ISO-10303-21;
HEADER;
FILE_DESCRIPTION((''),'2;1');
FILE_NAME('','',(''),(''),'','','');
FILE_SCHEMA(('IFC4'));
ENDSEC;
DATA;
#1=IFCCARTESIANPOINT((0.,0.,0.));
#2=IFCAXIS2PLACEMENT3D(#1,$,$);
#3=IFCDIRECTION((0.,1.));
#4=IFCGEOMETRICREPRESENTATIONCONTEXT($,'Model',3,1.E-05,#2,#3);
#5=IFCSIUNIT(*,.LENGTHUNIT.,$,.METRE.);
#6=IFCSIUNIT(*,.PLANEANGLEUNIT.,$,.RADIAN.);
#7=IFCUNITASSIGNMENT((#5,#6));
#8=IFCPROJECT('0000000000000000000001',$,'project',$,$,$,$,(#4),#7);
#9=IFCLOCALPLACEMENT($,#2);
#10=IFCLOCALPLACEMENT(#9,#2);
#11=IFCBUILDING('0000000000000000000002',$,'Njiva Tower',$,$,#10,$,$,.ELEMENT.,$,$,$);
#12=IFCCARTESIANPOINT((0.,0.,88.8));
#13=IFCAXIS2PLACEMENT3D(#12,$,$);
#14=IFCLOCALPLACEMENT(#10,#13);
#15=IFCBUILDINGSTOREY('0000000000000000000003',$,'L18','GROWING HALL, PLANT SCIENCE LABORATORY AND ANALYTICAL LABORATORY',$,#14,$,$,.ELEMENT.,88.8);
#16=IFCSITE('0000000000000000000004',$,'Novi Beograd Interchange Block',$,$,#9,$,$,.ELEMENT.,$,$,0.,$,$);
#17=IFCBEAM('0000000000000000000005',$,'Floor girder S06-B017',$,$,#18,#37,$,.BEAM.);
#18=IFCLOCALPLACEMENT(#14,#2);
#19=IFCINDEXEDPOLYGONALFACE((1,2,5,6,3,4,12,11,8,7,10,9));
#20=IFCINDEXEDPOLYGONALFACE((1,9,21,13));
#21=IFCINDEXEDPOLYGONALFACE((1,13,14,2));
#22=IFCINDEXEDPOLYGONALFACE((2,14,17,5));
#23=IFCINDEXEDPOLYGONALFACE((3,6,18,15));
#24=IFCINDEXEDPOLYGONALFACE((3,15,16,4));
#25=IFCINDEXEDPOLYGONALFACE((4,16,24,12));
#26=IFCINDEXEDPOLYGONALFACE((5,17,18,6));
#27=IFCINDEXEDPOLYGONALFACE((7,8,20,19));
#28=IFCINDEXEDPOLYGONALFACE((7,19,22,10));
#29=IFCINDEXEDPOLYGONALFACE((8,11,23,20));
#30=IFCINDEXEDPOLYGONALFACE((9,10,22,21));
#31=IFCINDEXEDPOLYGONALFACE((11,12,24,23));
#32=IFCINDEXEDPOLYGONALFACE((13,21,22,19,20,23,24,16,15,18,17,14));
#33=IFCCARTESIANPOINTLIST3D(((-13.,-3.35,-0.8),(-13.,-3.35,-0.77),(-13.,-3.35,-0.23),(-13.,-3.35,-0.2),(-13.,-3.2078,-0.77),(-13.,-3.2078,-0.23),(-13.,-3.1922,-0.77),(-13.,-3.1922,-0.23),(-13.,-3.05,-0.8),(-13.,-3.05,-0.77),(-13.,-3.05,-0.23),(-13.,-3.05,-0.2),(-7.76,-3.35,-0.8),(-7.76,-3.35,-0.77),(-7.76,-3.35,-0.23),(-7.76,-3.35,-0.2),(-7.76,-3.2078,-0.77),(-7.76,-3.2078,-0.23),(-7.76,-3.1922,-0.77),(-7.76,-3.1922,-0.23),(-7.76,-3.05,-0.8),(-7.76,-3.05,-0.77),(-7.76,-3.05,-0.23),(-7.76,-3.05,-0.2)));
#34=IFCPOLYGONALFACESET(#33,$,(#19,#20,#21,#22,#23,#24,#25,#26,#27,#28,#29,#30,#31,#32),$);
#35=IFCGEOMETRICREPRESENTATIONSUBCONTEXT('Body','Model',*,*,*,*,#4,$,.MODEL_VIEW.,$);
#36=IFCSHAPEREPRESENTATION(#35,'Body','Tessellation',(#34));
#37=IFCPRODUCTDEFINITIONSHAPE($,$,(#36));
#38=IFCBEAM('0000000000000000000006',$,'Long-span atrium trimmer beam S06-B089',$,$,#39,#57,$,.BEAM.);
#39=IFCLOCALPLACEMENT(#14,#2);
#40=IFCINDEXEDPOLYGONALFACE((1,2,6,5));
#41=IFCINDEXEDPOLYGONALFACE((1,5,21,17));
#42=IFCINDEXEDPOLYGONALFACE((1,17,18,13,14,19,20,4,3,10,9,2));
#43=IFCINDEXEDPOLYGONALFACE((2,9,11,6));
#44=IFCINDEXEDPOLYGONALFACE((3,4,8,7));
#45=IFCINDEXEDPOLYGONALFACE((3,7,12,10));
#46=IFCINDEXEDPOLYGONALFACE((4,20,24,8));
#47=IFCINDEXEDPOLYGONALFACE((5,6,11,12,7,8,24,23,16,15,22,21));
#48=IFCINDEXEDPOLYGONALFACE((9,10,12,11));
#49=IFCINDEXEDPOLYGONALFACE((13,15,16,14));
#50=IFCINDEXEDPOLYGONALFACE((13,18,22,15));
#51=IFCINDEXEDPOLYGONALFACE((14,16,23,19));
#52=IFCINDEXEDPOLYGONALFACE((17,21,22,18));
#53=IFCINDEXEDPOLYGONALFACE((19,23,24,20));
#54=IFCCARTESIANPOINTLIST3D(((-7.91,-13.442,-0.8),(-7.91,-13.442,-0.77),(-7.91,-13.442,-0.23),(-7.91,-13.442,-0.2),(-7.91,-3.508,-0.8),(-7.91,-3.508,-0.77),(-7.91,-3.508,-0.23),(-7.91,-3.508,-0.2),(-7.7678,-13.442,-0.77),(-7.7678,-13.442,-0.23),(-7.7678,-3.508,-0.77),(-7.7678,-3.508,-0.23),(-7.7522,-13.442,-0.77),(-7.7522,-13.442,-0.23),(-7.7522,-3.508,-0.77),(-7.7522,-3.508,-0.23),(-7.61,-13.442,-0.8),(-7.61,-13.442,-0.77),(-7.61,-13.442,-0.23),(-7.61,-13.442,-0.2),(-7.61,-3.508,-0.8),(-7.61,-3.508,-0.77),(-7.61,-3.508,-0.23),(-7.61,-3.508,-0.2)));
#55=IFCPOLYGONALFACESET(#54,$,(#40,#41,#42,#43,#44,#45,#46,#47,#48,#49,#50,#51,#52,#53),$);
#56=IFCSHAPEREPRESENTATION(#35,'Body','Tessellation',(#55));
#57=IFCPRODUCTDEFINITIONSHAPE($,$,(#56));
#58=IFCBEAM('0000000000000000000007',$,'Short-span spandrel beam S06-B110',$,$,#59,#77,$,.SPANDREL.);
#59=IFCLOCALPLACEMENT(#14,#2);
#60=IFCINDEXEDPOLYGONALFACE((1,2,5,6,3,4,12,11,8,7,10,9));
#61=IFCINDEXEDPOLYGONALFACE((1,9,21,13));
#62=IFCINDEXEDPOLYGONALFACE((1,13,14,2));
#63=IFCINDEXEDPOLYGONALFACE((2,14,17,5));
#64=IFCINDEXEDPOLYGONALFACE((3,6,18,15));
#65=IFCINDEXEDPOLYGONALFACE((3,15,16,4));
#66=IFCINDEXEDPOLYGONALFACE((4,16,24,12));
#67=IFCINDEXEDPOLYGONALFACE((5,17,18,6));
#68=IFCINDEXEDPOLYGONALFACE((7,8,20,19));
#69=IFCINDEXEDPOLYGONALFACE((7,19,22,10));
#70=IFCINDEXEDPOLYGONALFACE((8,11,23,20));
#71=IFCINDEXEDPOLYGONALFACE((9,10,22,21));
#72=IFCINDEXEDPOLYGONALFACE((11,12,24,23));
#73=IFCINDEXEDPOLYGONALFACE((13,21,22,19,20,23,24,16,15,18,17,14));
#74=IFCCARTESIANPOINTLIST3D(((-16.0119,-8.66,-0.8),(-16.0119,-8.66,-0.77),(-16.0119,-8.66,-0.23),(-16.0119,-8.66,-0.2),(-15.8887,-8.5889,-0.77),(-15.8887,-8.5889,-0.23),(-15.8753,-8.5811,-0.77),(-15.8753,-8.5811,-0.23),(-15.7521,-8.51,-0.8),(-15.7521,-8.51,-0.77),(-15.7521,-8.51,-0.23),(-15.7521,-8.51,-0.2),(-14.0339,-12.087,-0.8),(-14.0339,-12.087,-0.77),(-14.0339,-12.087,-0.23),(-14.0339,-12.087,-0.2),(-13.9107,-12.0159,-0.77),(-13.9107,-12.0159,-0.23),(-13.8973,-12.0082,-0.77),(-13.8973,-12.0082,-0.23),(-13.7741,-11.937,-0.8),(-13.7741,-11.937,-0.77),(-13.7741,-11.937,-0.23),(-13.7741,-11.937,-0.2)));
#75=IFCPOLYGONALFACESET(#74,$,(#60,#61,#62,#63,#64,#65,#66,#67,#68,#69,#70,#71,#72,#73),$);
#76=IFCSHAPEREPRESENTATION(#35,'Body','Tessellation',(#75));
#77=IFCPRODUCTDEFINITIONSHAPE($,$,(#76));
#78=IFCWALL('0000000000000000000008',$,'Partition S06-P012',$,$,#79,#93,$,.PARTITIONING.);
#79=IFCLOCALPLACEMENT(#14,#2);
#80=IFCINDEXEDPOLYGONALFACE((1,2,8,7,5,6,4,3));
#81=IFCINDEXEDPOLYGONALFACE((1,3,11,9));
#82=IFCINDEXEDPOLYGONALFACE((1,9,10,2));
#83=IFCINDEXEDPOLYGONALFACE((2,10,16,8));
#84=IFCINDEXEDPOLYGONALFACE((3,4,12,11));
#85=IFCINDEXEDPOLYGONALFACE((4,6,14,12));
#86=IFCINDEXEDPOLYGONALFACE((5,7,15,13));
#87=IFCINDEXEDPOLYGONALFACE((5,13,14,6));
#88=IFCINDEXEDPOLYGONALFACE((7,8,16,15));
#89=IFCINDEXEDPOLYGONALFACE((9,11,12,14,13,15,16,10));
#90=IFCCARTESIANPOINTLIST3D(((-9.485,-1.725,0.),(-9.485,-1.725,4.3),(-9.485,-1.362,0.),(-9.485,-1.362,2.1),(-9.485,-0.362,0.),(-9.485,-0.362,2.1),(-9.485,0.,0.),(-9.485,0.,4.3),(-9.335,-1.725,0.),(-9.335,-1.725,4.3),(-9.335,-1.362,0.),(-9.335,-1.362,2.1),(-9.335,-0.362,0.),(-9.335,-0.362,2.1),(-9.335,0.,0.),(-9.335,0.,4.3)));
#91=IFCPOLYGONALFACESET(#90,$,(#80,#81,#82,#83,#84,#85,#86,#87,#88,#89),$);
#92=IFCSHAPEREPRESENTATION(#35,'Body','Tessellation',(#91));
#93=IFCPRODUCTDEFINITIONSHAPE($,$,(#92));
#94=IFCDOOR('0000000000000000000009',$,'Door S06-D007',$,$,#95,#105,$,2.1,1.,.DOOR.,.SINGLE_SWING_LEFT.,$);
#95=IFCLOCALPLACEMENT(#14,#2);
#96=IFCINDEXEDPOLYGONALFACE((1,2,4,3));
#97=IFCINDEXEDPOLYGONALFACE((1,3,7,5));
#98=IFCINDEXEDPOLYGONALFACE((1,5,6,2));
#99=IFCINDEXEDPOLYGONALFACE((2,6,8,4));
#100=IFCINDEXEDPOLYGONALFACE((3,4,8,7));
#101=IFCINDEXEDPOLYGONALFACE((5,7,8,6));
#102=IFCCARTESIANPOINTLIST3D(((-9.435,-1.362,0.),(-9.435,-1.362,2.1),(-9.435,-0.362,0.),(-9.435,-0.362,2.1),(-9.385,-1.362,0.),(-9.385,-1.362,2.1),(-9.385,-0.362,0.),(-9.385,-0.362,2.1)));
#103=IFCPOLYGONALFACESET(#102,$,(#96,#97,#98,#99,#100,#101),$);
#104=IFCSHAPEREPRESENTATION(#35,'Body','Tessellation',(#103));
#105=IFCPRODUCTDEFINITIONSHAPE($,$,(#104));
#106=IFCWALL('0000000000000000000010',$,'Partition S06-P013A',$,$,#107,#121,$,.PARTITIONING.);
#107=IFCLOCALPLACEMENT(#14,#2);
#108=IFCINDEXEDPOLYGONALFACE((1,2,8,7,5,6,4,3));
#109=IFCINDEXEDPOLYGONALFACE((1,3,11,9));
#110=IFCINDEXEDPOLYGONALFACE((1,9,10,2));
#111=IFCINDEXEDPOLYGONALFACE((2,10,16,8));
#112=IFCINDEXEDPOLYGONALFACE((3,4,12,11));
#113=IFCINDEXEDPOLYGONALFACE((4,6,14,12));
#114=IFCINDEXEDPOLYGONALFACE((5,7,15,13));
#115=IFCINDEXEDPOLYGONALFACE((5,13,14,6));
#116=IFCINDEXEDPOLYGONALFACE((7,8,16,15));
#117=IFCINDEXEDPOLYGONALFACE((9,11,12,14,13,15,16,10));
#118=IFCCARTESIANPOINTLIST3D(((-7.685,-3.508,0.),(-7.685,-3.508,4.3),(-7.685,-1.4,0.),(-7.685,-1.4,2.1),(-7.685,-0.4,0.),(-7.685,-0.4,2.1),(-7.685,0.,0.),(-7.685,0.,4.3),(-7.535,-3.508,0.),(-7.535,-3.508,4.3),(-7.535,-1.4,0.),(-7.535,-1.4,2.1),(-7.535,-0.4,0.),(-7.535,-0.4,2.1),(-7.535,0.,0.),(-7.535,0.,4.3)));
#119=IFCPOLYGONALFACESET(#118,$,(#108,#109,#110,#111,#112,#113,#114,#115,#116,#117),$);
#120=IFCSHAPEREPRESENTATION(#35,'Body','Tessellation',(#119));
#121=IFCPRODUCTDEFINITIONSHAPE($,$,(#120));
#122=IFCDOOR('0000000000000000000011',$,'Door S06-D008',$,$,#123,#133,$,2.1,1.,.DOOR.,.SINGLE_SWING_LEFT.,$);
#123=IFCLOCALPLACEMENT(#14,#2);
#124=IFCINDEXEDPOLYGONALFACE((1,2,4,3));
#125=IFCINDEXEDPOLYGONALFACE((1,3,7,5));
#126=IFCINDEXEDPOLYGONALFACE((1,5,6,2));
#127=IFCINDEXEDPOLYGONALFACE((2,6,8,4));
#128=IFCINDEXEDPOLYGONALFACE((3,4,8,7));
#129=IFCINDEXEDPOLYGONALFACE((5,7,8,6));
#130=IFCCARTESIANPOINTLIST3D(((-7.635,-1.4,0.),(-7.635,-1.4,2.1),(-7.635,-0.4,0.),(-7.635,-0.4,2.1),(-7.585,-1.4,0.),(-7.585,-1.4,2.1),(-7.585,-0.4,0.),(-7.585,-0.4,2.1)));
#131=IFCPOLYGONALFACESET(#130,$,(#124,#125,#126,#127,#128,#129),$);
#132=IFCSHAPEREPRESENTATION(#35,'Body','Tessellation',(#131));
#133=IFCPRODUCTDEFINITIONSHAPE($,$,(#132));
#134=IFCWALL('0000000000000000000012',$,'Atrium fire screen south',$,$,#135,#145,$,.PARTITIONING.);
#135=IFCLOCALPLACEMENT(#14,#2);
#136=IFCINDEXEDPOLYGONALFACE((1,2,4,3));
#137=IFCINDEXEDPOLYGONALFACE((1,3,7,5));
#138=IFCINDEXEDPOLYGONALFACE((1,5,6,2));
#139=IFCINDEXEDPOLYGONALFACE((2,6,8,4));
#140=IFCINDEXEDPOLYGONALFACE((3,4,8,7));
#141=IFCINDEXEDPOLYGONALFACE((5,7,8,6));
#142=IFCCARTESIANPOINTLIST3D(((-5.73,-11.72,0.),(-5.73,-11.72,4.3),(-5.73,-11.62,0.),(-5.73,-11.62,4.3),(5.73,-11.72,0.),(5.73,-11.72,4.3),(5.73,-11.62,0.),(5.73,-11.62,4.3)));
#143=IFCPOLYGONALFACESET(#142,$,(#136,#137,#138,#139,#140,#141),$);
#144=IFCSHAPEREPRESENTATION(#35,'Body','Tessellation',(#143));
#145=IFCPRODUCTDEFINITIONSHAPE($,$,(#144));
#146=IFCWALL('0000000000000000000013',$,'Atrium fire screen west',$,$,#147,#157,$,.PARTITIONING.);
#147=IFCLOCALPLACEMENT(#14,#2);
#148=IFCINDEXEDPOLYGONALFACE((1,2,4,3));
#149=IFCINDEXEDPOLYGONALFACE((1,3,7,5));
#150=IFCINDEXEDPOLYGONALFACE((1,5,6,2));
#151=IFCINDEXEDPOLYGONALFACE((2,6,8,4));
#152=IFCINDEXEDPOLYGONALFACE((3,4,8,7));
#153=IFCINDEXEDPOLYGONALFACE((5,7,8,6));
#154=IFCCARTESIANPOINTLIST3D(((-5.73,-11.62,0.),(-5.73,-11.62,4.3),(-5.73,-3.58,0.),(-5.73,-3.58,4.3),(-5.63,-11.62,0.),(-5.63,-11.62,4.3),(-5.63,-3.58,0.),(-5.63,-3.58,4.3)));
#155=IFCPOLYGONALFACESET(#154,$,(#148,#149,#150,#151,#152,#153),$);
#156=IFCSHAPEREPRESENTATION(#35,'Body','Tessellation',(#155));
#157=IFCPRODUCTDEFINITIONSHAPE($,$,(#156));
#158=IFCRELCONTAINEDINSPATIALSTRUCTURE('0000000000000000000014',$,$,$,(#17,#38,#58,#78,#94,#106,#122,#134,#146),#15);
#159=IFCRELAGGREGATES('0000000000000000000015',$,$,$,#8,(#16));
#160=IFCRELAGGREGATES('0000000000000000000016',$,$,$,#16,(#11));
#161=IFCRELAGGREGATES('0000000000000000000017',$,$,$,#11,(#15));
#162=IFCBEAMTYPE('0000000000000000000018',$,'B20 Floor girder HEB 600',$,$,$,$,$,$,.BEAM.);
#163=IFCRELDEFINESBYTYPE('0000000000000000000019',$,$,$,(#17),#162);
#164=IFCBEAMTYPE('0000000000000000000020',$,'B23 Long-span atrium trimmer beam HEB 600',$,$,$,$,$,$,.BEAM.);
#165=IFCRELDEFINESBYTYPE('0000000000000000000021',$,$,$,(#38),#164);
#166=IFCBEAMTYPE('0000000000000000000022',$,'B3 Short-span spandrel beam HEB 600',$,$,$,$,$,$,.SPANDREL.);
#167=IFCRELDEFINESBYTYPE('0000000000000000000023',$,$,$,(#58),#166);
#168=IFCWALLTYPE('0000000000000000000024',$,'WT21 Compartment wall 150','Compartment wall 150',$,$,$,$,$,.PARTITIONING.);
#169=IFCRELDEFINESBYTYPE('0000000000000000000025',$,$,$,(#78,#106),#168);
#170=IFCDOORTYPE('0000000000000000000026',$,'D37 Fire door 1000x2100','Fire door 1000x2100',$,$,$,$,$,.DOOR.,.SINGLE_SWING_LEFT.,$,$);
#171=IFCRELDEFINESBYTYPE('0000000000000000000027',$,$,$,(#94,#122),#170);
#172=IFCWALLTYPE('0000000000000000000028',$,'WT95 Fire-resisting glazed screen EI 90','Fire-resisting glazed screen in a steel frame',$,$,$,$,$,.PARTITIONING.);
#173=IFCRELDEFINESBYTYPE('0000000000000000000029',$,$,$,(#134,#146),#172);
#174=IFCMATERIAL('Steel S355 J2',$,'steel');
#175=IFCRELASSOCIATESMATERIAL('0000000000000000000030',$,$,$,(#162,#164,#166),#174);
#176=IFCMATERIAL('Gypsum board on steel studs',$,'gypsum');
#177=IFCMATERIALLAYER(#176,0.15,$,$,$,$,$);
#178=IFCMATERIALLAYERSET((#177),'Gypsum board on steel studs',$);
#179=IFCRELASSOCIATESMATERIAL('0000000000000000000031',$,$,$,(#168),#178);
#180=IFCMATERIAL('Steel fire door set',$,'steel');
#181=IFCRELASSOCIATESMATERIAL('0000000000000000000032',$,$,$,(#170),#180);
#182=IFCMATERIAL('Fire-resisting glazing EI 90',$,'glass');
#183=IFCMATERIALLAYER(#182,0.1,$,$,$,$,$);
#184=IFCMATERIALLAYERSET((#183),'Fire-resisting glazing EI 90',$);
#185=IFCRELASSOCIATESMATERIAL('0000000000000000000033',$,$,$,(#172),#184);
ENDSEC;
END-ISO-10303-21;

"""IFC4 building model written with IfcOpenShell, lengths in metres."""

from ifc_helpers import new_model, si_unit, direction, frame, frame_2d, origin, origin_2d, place, context, subcontext, project, spatial, rectangle, i_section, extrude, material, layer, layer_set, material_profile, profile_set, type_object, element, fill, save


model = new_model("IFC4")

# Units and contexts
model_context = context("Model", 3, precision=1e-05, world=origin(), true_north=direction((0.0, 1.0)))
body_context = subcontext(model_context, "Body", "Model", "MODEL_VIEW")
ifc_project = project(units=[si_unit("LENGTHUNIT", "METRE"), si_unit("PLANEANGLEUNIT", "RADIAN")], contexts=[model_context])

# Site, building, storey
site_placement = place(None, origin())
site = spatial("IfcSite", under=ifc_project, at=site_placement, Name="Novi Beograd Interchange Block", CompositionType="ELEMENT", RefElevation=0.0)
building_placement = place(site_placement, origin())
building = spatial("IfcBuilding", under=site, at=building_placement, Name="Njiva Tower", CompositionType="ELEMENT")
storey_placement = place(building_placement, frame((0.0, 0.0, 88.8)))
storey = spatial("IfcBuildingStorey", under=building, at=storey_placement, Name="L18", Description="GROWING HALL, PLANT SCIENCE LABORATORY AND ANALYTICAL LABORATORY", CompositionType="ELEMENT", Elevation=88.8)

# Shared definitions
ifc_material_1 = material(Name="Steel S355 J2", Category="steel")

# Beams
ifc_material_profile_1 = material_profile(ifc_material_1, i_section(OverallWidth=0.3, OverallDepth=0.6, WebThickness=0.0155, FlangeThickness=0.03, at=origin_2d()), Name="HEB 600")
ifc_profile_set_1 = profile_set([ifc_material_profile_1], Name="Steel S355 J2")
beam_type_1 = type_object("IfcBeamType", Name="B20 Floor girder HEB 600", PredefinedType="BEAM", material=ifc_profile_set_1)
beam_1_placement = place(storey_placement, frame((-13.0, -3.2, -0.5), z_axis=(1.0, 0.0, 0.0), x_axis=(0.0, 1.0, 0.0)))
element("IfcBeam", 1, at=beam_1_placement, inside=storey, type_object=beam_type_1, Name="Floor girder S06-B017", PredefinedType="BEAM", context=body_context, shape_type="SweptSolid", body=[
    extrude(i_section(OverallWidth=0.3, OverallDepth=0.6, WebThickness=0.0155, FlangeThickness=0.03, at=origin_2d()), origin(), (0.0, 0.0, 1.0), 5.24),
])
ifc_material_profile_2 = material_profile(ifc_material_1, i_section(OverallWidth=0.3, OverallDepth=0.6, WebThickness=0.0155, FlangeThickness=0.03, at=origin_2d()), Name="HEB 600")
ifc_profile_set_2 = profile_set([ifc_material_profile_2], Name="Steel S355 J2")
beam_type_2 = type_object("IfcBeamType", Name="B23 Long-span atrium trimmer beam HEB 600", PredefinedType="BEAM", material=ifc_profile_set_2)
beam_2_placement = place(storey_placement, frame((-7.76, -3.508, -0.5), z_axis=(0.0, -1.0, 0.0), x_axis=(1.0, 0.0, 0.0)))
element("IfcBeam", 2, at=beam_2_placement, inside=storey, type_object=beam_type_2, Name="Long-span atrium trimmer beam S06-B089", PredefinedType="BEAM", context=body_context, shape_type="SweptSolid", body=[
    extrude(i_section(OverallWidth=0.3, OverallDepth=0.6, WebThickness=0.0155, FlangeThickness=0.03, at=origin_2d()), origin(), (0.0, 0.0, 1.0), 9.934),
])
ifc_material_profile_3 = material_profile(ifc_material_1, i_section(OverallWidth=0.3, OverallDepth=0.6, WebThickness=0.0155, FlangeThickness=0.03, at=origin_2d()), Name="HEB 600")
ifc_profile_set_3 = profile_set([ifc_material_profile_3], Name="Steel S355 J2")
beam_type_3 = type_object("IfcBeamType", Name="B3 Short-span spandrel beam HEB 600", PredefinedType="SPANDREL", material=ifc_profile_set_3)
beam_3_placement = place(storey_placement, frame((-15.882, -8.585, -0.5), z_axis=(0.49989, -0.866089, 0.0), x_axis=(0.866089, 0.49989, 0.0)))
element("IfcBeam", 3, at=beam_3_placement, inside=storey, type_object=beam_type_3, Name="Short-span spandrel beam S06-B110", PredefinedType="SPANDREL", context=body_context, shape_type="SweptSolid", body=[
    extrude(i_section(OverallWidth=0.3, OverallDepth=0.6, WebThickness=0.0155, FlangeThickness=0.03, at=origin_2d()), origin(), (0.0, 0.0, 1.0), 3.9569),
])

# Walls, openings, doors
ifc_material_2 = material(Name="Gypsum board on steel studs", Category="gypsum")
ifc_layer_1 = layer(ifc_material_2, 0.15)
ifc_layer_set_1 = layer_set([ifc_layer_1], Name="Gypsum board on steel studs")
wall_type_1 = type_object("IfcWallType", Name="WT21 Compartment wall 150", Description="Compartment wall 150", PredefinedType="PARTITIONING", material=ifc_layer_set_1)
wall_1_placement = place(storey_placement, frame((-9.41, -1.725, 0.0), z_axis=(0.0, 0.0, 1.0), x_axis=(0.0, 1.0, 0.0)))
wall_1 = element("IfcWall", 4, at=wall_1_placement, inside=storey, type_object=wall_type_1, Name="Partition S06-P012", PredefinedType="PARTITIONING", context=body_context, shape_type="SweptSolid", body=[
    extrude(rectangle(XDim=1.725, YDim=0.15, at=frame_2d((0.8625, 0.0))), origin(), (0.0, 0.0, 1.0), 4.3),
])
opening_1_placement = place(wall_1_placement, frame((0.363, 0.0, 0.0)))
opening_1 = element("IfcOpeningElement", 5, at=opening_1_placement, cuts=wall_1, PredefinedType="OPENING", context=body_context, shape_type="SweptSolid", body=[
    extrude(rectangle(XDim=1.0, YDim=2.1, at=frame_2d((0.5, 1.05))), frame((0.0, 0.085, 0.0), z_axis=(0.0, -1.0, 0.0), x_axis=(1.0, 0.0, 0.0)), (0.0, 0.0, 1.0), 0.17),
])
ifc_material_3 = material(Name="Steel fire door set", Category="steel")
door_type = type_object("IfcDoorType", Name="D37 Fire door 1000x2100", Description="Fire door 1000x2100", OperationType="SINGLE_SWING_LEFT", PredefinedType="DOOR", material=ifc_material_3)
door_1_placement = place(opening_1_placement, origin())
door_1 = element("IfcDoor", 6, at=door_1_placement, inside=storey, type_object=door_type, Name="Door S06-D007", OperationType="SINGLE_SWING_LEFT", OverallHeight=2.1, OverallWidth=1.0, PredefinedType="DOOR", context=body_context, shape_type="SweptSolid", body=[
    extrude(rectangle(XDim=1.0, YDim=2.1, at=frame_2d((0.5, 1.05))), frame((0.0, 0.025, 0.0), z_axis=(0.0, -1.0, 0.0), x_axis=(1.0, 0.0, 0.0)), (0.0, 0.0, 1.0), 0.05),
])
fill(opening_1, door_1)
wall_2_placement = place(storey_placement, frame((-7.61, -3.508, 0.0), z_axis=(0.0, 0.0, 1.0), x_axis=(0.0, 1.0, 0.0)))
wall_2 = element("IfcWall", 7, at=wall_2_placement, inside=storey, type_object=wall_type_1, Name="Partition S06-P013A", PredefinedType="PARTITIONING", context=body_context, shape_type="SweptSolid", body=[
    extrude(rectangle(XDim=3.508, YDim=0.15, at=frame_2d((1.754, 0.0))), origin(), (0.0, 0.0, 1.0), 4.3),
])
opening_2_placement = place(wall_2_placement, frame((2.108, 0.0, 0.0)))
opening_2 = element("IfcOpeningElement", 8, at=opening_2_placement, cuts=wall_2, PredefinedType="OPENING", context=body_context, shape_type="SweptSolid", body=[
    extrude(rectangle(XDim=1.0, YDim=2.1, at=frame_2d((0.5, 1.05))), frame((0.0, 0.085, 0.0), z_axis=(0.0, -1.0, 0.0), x_axis=(1.0, 0.0, 0.0)), (0.0, 0.0, 1.0), 0.17),
])
door_2_placement = place(opening_2_placement, origin())
door_2 = element("IfcDoor", 9, at=door_2_placement, inside=storey, type_object=door_type, Name="Door S06-D008", OperationType="SINGLE_SWING_LEFT", OverallHeight=2.1, OverallWidth=1.0, PredefinedType="DOOR", context=body_context, shape_type="SweptSolid", body=[
    extrude(rectangle(XDim=1.0, YDim=2.1, at=frame_2d((0.5, 1.05))), frame((0.0, 0.025, 0.0), z_axis=(0.0, -1.0, 0.0), x_axis=(1.0, 0.0, 0.0)), (0.0, 0.0, 1.0), 0.05),
])
fill(opening_2, door_2)

# Walls
ifc_material_4 = material(Name="Fire-resisting glazing EI 90", Category="glass")
ifc_layer_2 = layer(ifc_material_4, 0.1)
ifc_layer_set_2 = layer_set([ifc_layer_2], Name="Fire-resisting glazing EI 90")
wall_type_2 = type_object("IfcWallType", Name="WT95 Fire-resisting glazed screen EI 90", Description="Fire-resisting glazed screen in a steel frame", PredefinedType="PARTITIONING", material=ifc_layer_set_2)
wall_3_placement = place(storey_placement, frame((-5.73, -11.67, 0.0), z_axis=(0.0, 0.0, 1.0), x_axis=(1.0, 0.0, 0.0)))
element("IfcWall", 10, at=wall_3_placement, inside=storey, type_object=wall_type_2, Name="Atrium fire screen south", PredefinedType="PARTITIONING", context=body_context, shape_type="SweptSolid", body=[
    extrude(rectangle(XDim=11.46, YDim=0.1, at=frame_2d((5.73, 0.0))), origin(), (0.0, 0.0, 1.0), 4.3),
])
wall_4_placement = place(storey_placement, frame((-5.68, -3.58, 0.0), z_axis=(0.0, 0.0, 1.0), x_axis=(0.0, -1.0, 0.0)))
element("IfcWall", 11, at=wall_4_placement, inside=storey, type_object=wall_type_2, Name="Atrium fire screen west", PredefinedType="PARTITIONING", context=body_context, shape_type="SweptSolid", body=[
    extrude(rectangle(XDim=8.04, YDim=0.1, at=frame_2d((4.02, 0.0))), origin(), (0.0, 0.0, 1.0), 4.3),
])

save(model, "model.ifc")
